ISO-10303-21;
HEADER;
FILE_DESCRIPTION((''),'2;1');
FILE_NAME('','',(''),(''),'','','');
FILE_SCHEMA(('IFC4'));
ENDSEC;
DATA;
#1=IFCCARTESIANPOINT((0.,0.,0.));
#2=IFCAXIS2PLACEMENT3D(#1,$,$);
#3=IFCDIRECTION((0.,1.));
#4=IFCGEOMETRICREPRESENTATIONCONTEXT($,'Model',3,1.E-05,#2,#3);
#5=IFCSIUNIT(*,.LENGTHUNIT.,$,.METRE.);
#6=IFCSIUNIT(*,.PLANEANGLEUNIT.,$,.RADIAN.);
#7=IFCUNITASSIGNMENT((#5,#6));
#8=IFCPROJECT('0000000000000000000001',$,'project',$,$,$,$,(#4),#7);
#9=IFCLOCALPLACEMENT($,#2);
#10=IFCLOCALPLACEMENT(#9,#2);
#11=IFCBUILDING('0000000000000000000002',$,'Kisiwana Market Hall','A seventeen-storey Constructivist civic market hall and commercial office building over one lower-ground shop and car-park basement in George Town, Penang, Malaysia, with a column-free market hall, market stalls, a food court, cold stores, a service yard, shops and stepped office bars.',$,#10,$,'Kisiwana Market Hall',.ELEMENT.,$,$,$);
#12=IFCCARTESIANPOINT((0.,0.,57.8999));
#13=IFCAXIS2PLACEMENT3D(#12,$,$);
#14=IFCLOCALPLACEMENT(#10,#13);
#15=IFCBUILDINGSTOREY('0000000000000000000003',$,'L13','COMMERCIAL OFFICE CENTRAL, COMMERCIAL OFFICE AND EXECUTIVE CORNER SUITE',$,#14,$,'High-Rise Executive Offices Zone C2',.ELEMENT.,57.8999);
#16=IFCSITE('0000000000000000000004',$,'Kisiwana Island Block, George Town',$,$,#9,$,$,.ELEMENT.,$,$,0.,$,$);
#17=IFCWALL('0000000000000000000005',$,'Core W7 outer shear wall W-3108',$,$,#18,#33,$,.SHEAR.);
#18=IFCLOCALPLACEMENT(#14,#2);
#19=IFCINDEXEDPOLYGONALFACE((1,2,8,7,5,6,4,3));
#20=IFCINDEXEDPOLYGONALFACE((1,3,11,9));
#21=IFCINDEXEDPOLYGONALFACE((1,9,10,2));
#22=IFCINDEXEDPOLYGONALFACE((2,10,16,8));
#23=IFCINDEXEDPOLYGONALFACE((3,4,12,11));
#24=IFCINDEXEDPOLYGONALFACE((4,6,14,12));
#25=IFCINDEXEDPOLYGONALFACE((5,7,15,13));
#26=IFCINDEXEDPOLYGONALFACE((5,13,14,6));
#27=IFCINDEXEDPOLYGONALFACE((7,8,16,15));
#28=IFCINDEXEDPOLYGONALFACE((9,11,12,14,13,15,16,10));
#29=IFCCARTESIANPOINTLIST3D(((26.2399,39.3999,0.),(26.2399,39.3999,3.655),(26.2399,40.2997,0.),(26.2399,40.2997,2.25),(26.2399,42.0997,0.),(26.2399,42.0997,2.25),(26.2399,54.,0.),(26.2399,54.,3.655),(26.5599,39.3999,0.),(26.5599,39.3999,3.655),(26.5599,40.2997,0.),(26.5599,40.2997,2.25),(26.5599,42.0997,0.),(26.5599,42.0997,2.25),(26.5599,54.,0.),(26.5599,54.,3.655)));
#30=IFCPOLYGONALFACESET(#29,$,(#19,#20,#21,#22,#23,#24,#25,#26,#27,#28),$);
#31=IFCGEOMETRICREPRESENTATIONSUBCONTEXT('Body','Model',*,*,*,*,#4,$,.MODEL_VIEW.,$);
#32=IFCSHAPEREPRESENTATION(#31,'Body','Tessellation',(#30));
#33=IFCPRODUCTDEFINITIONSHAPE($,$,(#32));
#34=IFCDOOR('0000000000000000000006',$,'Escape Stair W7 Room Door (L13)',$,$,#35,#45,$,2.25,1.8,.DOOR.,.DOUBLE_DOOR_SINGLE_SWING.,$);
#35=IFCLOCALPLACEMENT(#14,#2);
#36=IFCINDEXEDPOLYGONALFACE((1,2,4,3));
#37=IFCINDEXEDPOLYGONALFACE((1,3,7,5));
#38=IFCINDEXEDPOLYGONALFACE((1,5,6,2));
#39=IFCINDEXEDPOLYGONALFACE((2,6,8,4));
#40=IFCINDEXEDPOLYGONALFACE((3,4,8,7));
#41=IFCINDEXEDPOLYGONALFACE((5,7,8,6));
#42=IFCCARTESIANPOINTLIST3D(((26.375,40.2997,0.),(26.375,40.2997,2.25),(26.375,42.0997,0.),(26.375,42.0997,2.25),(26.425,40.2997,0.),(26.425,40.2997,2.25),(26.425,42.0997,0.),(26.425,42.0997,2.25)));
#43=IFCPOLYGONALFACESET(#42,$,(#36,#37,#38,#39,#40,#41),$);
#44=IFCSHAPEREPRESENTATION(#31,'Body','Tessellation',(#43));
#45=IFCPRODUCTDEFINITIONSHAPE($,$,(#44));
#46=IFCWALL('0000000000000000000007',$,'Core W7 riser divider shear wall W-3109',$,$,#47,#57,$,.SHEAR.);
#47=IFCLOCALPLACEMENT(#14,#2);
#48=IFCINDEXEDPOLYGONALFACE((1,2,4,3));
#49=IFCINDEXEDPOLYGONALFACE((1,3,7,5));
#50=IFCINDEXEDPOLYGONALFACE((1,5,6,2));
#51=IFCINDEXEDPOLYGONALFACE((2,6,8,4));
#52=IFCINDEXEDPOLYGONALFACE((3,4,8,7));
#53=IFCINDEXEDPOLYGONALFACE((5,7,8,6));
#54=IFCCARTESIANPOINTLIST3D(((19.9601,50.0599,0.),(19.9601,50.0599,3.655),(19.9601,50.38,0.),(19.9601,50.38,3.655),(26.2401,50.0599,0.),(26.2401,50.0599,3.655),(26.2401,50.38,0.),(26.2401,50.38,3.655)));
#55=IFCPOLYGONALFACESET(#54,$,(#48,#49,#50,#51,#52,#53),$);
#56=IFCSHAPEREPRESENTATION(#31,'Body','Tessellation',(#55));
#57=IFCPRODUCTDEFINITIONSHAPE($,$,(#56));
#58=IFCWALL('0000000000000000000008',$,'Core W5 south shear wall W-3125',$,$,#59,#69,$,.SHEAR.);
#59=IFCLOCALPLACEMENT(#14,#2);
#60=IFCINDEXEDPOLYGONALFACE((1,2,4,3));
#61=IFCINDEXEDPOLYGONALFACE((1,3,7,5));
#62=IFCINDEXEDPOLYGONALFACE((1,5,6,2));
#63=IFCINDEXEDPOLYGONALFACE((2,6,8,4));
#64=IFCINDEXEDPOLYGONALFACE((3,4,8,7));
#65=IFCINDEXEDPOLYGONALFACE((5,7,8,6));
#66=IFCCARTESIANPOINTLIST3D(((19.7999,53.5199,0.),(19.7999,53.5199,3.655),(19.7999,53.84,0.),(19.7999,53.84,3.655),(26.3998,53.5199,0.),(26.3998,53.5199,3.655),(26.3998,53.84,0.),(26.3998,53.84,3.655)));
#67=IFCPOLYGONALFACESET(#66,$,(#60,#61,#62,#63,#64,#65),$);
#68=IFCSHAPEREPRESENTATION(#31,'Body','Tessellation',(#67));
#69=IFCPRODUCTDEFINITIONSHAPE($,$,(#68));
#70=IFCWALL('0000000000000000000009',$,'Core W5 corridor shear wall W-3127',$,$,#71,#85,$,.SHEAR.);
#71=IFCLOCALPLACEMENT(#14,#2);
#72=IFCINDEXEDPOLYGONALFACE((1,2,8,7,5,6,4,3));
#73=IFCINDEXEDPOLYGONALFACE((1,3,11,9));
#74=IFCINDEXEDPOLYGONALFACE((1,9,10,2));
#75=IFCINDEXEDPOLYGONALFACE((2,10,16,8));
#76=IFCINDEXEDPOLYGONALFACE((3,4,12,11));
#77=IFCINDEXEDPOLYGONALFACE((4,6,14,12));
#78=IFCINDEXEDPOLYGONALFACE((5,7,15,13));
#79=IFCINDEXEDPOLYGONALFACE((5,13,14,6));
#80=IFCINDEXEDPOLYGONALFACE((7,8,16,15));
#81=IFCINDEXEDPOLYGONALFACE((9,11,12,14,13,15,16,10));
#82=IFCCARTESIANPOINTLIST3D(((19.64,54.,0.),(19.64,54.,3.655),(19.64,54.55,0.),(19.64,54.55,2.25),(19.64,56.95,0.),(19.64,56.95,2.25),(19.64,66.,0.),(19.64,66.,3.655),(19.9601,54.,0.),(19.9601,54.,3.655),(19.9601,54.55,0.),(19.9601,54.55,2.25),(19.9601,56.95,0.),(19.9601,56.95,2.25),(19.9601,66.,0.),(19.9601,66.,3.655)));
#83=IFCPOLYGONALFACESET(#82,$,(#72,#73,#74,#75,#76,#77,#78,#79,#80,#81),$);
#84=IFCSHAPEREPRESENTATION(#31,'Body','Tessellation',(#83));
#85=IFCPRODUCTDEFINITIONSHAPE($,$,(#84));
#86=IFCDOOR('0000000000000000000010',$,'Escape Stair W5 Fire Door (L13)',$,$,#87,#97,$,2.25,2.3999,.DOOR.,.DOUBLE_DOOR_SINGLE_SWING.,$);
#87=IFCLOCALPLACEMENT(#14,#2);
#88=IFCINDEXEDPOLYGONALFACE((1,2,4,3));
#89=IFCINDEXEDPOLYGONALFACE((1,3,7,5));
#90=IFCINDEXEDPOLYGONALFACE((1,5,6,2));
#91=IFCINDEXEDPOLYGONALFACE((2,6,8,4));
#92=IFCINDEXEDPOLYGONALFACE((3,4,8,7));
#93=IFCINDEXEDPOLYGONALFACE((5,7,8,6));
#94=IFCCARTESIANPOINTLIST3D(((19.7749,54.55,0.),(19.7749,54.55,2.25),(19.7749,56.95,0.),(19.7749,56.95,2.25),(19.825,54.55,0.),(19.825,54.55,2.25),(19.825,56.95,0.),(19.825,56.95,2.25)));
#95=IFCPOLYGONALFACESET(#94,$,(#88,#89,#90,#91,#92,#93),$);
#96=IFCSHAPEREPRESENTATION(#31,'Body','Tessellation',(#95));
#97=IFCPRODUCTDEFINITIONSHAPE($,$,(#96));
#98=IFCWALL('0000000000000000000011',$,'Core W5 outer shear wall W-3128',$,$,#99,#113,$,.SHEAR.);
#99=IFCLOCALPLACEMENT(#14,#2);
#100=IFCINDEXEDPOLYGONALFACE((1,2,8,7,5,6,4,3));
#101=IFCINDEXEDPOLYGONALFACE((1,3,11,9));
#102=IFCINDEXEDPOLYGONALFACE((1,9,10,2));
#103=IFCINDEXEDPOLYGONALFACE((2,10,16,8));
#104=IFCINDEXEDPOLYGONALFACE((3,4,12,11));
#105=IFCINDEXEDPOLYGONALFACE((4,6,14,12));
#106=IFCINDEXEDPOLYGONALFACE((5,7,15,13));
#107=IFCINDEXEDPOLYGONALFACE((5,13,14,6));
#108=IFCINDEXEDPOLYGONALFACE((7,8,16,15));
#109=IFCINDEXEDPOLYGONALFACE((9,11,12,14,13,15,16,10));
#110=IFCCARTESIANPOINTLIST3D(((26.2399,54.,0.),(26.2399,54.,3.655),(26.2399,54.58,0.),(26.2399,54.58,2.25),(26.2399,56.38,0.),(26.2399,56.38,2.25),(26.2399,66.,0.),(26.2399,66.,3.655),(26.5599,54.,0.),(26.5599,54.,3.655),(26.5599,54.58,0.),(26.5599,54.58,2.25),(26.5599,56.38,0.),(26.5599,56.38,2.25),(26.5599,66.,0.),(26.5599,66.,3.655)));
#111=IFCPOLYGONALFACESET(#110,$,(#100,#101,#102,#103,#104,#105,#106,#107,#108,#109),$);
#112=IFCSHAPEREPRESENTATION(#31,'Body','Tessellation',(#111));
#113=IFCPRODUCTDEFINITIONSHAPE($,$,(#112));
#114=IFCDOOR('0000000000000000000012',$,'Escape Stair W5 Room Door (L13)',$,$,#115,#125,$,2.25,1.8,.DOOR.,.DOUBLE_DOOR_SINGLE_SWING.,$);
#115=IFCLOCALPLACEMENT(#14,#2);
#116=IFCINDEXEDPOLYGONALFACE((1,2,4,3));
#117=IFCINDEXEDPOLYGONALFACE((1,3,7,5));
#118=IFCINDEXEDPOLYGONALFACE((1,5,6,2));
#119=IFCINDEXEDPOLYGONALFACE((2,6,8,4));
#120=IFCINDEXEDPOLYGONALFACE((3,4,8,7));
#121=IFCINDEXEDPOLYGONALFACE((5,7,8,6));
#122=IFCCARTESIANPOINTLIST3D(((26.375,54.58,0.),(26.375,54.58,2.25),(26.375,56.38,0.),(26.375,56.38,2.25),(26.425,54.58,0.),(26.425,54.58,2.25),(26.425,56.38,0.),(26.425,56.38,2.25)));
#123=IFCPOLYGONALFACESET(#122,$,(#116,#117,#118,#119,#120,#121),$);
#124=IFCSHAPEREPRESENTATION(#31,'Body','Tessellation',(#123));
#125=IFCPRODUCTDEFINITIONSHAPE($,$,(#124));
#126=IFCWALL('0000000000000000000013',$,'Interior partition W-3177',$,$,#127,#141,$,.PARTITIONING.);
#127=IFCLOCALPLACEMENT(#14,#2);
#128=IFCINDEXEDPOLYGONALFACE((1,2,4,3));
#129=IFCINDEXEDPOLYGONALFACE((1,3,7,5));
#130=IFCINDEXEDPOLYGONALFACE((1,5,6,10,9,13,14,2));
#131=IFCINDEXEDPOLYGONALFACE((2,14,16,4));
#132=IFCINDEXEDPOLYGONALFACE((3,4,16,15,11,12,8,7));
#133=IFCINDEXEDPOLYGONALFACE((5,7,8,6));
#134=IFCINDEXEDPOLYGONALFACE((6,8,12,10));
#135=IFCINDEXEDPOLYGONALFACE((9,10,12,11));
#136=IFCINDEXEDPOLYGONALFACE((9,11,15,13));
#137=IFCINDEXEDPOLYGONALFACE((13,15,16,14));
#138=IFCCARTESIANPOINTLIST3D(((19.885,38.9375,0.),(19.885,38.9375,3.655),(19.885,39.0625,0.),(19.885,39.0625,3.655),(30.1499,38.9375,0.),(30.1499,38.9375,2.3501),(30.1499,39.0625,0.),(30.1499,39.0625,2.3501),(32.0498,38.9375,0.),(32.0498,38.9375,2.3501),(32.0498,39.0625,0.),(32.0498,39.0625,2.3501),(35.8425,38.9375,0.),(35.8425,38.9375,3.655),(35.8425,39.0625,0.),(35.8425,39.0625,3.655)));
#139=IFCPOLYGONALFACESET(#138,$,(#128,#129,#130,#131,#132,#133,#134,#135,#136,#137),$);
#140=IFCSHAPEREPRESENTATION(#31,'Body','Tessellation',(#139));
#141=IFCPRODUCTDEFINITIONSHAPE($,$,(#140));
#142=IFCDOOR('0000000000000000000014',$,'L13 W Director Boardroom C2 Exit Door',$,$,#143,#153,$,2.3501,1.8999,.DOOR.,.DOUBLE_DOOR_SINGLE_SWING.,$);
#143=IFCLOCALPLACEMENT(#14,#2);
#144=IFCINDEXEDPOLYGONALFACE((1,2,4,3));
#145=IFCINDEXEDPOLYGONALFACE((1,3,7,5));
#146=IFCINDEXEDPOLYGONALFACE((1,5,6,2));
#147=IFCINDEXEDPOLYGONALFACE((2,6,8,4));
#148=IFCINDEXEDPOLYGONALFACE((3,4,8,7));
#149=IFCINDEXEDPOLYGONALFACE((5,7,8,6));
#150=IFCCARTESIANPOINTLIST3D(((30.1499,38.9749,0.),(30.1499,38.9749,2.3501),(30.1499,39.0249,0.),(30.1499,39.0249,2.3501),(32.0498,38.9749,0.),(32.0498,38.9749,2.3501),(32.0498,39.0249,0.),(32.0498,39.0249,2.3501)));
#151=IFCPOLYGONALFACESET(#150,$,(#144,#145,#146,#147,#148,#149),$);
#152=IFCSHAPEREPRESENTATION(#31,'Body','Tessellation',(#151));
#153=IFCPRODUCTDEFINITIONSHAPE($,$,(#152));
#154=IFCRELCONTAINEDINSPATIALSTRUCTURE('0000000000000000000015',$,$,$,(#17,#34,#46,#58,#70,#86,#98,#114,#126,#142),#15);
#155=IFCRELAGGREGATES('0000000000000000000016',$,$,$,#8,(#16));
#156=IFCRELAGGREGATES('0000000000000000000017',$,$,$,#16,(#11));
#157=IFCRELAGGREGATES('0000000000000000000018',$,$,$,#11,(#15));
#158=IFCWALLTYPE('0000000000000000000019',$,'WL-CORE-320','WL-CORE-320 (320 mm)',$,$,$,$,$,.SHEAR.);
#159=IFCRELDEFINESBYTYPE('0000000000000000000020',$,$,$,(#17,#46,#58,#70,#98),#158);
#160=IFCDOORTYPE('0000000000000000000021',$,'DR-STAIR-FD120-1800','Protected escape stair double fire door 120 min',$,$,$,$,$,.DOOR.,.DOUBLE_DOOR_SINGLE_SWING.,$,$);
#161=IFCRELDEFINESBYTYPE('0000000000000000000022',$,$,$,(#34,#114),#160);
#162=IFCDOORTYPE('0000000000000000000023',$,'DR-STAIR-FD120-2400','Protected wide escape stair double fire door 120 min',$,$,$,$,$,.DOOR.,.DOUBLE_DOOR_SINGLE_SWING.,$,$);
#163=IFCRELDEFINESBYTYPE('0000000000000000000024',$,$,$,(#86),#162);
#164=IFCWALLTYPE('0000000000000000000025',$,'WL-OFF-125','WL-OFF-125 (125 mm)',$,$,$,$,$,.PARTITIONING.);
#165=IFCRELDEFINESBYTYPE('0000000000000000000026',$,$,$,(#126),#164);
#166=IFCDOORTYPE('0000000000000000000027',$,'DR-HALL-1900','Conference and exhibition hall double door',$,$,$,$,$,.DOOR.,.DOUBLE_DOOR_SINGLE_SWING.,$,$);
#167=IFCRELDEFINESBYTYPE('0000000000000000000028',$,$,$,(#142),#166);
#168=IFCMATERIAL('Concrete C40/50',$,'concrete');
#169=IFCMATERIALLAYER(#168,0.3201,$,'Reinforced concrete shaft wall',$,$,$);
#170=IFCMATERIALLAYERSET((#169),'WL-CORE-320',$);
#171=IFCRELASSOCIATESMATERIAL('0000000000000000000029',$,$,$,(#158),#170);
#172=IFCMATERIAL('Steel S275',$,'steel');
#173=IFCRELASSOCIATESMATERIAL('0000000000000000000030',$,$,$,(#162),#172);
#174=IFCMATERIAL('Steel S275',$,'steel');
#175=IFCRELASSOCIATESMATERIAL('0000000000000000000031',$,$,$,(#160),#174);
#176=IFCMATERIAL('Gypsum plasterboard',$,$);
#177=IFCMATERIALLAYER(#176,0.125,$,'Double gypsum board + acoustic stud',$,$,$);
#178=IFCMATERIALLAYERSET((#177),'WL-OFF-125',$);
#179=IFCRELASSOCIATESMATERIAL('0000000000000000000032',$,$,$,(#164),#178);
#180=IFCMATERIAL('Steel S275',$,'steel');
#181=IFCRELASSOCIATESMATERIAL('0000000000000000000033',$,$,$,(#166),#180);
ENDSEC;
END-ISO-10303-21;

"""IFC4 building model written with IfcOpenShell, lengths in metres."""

from ifc_helpers import new_model, si_unit, direction, frame, frame_2d, origin, place, context, subcontext, project, spatial, rectangle, extrude, material, layer, layer_set, type_object, element, fill, save


model = new_model("IFC4")

# Units and contexts
model_context = context("Model", 3, precision=1e-05, world=origin(), true_north=direction((0.0, 1.0)))
body_context = subcontext(model_context, "Body", "Model", "MODEL_VIEW")
ifc_project = project(units=[si_unit("LENGTHUNIT", "METRE"), si_unit("PLANEANGLEUNIT", "RADIAN")], contexts=[model_context])

# Site, building, storey
site_placement = place(None, origin())
site = spatial("IfcSite", under=ifc_project, at=site_placement, Name="Kisiwana Island Block, George Town", CompositionType="ELEMENT", RefElevation=0.0)
building_placement = place(site_placement, origin())
building = spatial("IfcBuilding", under=site, at=building_placement, Name="Kisiwana Market Hall", Description="A seventeen-storey Constructivist civic market hall and commercial office building over one lower-ground shop and car-park basement in George Town, Penang, Malaysia, with a column-free market hall, market stalls, a food court, cold stores, a service yard, shops and stepped office bars.", LongName="Kisiwana Market Hall", CompositionType="ELEMENT")
storey_placement = place(building_placement, frame((0.0, 0.0, 57.8999)))
storey = spatial("IfcBuildingStorey", under=building, at=storey_placement, Name="L13", Description="COMMERCIAL OFFICE CENTRAL, COMMERCIAL OFFICE AND EXECUTIVE CORNER SUITE", LongName="High-Rise Executive Offices Zone C2", CompositionType="ELEMENT", Elevation=57.8999)

# Shared definitions
ifc_material_1 = material(Name="Concrete C40/50", Category="concrete")
ifc_layer_1 = layer(ifc_material_1, 0.3201, Name="Reinforced concrete shaft wall")
ifc_layer_set_1 = layer_set([ifc_layer_1], Name="WL-CORE-320")
wall_type_1 = type_object("IfcWallType", Name="WL-CORE-320", Description="WL-CORE-320 (320 mm)", PredefinedType="SHEAR", material=ifc_layer_set_1)
ifc_material_2 = material(Name="Steel S275", Category="steel")
door_type_1 = type_object("IfcDoorType", Name="DR-STAIR-FD120-2400", Description="Protected wide escape stair double fire door 120 min", OperationType="DOUBLE_DOOR_SINGLE_SWING", PredefinedType="DOOR", material=ifc_material_2)

# Wall, opening, door
wall_1_placement = place(storey_placement, frame((26.3999, 39.3999, 0.0), z_axis=(0.0, 0.0, 1.0), x_axis=(0.0, 1.0, 0.0)))
wall_1 = element("IfcWall", 1, at=wall_1_placement, inside=storey, type_object=wall_type_1, Name="Core W7 outer shear wall W-3108", PredefinedType="SHEAR", context=body_context, shape_type="SweptSolid", body=[
    extrude(rectangle(XDim=14.6001, YDim=0.3201, at=frame_2d((7.3, 0.0))), origin(), (0.0, 0.0, 1.0), 3.655),
])
opening_1_placement = place(wall_1_placement, frame((0.8999, 0.0, 0.0)))
opening_1 = element("IfcOpeningElement", 2, at=opening_1_placement, cuts=wall_1, PredefinedType="OPENING", context=body_context, shape_type="SweptSolid", body=[
    extrude(rectangle(XDim=1.8, YDim=2.25, at=frame_2d((0.8999, 1.125))), frame((0.0, 0.1719, 0.0), z_axis=(0.0, -1.0, 0.0), x_axis=(1.0, 0.0, 0.0)), (0.0, 0.0, 1.0), 0.344),
])
ifc_material_3 = material(Name="Steel S275", Category="steel")
door_type_2 = type_object("IfcDoorType", Name="DR-STAIR-FD120-1800", Description="Protected escape stair double fire door 120 min", OperationType="DOUBLE_DOOR_SINGLE_SWING", PredefinedType="DOOR", material=ifc_material_3)
door_1_placement = place(opening_1_placement, origin())
door_1 = element("IfcDoor", 3, at=door_1_placement, inside=storey, type_object=door_type_2, Name="Escape Stair W7 Room Door (L13)", OperationType="DOUBLE_DOOR_SINGLE_SWING", OverallHeight=2.25, OverallWidth=1.8, PredefinedType="DOOR", context=body_context, shape_type="SweptSolid", body=[
    extrude(rectangle(XDim=1.8, YDim=2.25, at=frame_2d((0.8999, 1.125))), frame((0.0, 0.0249, 0.0), z_axis=(0.0, -1.0, 0.0), x_axis=(1.0, 0.0, 0.0)), (0.0, 0.0, 1.0), 0.05),
])
fill(opening_1, door_1)

# Walls
wall_2_placement = place(storey_placement, frame((19.96, 50.22, 0.0), z_axis=(0.0, 0.0, 1.0), x_axis=(1.0, 0.0, 0.0)))
element("IfcWall", 4, at=wall_2_placement, inside=storey, type_object=wall_type_1, Name="Core W7 riser divider shear wall W-3109", PredefinedType="SHEAR", context=body_context, shape_type="SweptSolid", body=[
    extrude(rectangle(XDim=6.28, YDim=0.3201, at=frame_2d((3.1401, 0.0))), origin(), (0.0, 0.0, 1.0), 3.655),
])
wall_3_placement = place(storey_placement, frame((19.8, 53.6799, 0.0), z_axis=(0.0, 0.0, 1.0), x_axis=(1.0, 0.0, 0.0)))
element("IfcWall", 5, at=wall_3_placement, inside=storey, type_object=wall_type_1, Name="Core W5 south shear wall W-3125", PredefinedType="SHEAR", context=body_context, shape_type="SweptSolid", body=[
    extrude(rectangle(XDim=6.5999, YDim=0.3201, at=frame_2d((3.2998, 0.0))), origin(), (0.0, 0.0, 1.0), 3.655),
])

# Walls, openings, doors
wall_4_placement = place(storey_placement, frame((19.8, 54.0, 0.0), z_axis=(0.0, 0.0, 1.0), x_axis=(0.0, 1.0, 0.0)))
wall_4 = element("IfcWall", 6, at=wall_4_placement, inside=storey, type_object=wall_type_1, Name="Core W5 corridor shear wall W-3127", PredefinedType="SHEAR", context=body_context, shape_type="SweptSolid", body=[
    extrude(rectangle(XDim=12.0, YDim=0.3201, at=frame_2d((6.0, 0.0))), origin(), (0.0, 0.0, 1.0), 3.655),
])
opening_2_placement = place(wall_4_placement, frame((0.55, 0.0, 0.0)))
opening_2 = element("IfcOpeningElement", 7, at=opening_2_placement, cuts=wall_4, PredefinedType="OPENING", context=body_context, shape_type="SweptSolid", body=[
    extrude(rectangle(XDim=2.3999, YDim=2.25, at=frame_2d((1.2, 1.125))), frame((0.0, 0.1719, 0.0), z_axis=(0.0, -1.0, 0.0), x_axis=(1.0, 0.0, 0.0)), (0.0, 0.0, 1.0), 0.344),
])
door_2_placement = place(opening_2_placement, frame((2.3999, 0.0, 0.0), z_axis=(0.0, 0.0, 1.0), x_axis=(-1.0, 0.0, 0.0)))
door_2 = element("IfcDoor", 8, at=door_2_placement, inside=storey, type_object=door_type_1, Name="Escape Stair W5 Fire Door (L13)", OperationType="DOUBLE_DOOR_SINGLE_SWING", OverallHeight=2.25, OverallWidth=2.3999, PredefinedType="DOOR", context=body_context, shape_type="SweptSolid", body=[
    extrude(rectangle(XDim=2.3999, YDim=2.25, at=frame_2d((1.2, 1.125))), frame((0.0, 0.0249, 0.0), z_axis=(0.0, -1.0, 0.0), x_axis=(1.0, 0.0, 0.0)), (0.0, 0.0, 1.0), 0.05),
])
fill(opening_2, door_2)
wall_5_placement = place(storey_placement, frame((26.3999, 54.0, 0.0), z_axis=(0.0, 0.0, 1.0), x_axis=(0.0, 1.0, 0.0)))
wall_5 = element("IfcWall", 9, at=wall_5_placement, inside=storey, type_object=wall_type_1, Name="Core W5 outer shear wall W-3128", PredefinedType="SHEAR", context=body_context, shape_type="SweptSolid", body=[
    extrude(rectangle(XDim=12.0, YDim=0.3201, at=frame_2d((6.0, 0.0))), origin(), (0.0, 0.0, 1.0), 3.655),
])
opening_3_placement = place(wall_5_placement, frame((0.5801, 0.0, 0.0)))
opening_3 = element("IfcOpeningElement", 10, at=opening_3_placement, cuts=wall_5, PredefinedType="OPENING", context=body_context, shape_type="SweptSolid", body=[
    extrude(rectangle(XDim=1.8, YDim=2.25, at=frame_2d((0.8999, 1.125))), frame((0.0, 0.1719, 0.0), z_axis=(0.0, -1.0, 0.0), x_axis=(1.0, 0.0, 0.0)), (0.0, 0.0, 1.0), 0.344),
])
door_3_placement = place(opening_3_placement, origin())
door_3 = element("IfcDoor", 11, at=door_3_placement, inside=storey, type_object=door_type_2, Name="Escape Stair W5 Room Door (L13)", OperationType="DOUBLE_DOOR_SINGLE_SWING", OverallHeight=2.25, OverallWidth=1.8, PredefinedType="DOOR", context=body_context, shape_type="SweptSolid", body=[
    extrude(rectangle(XDim=1.8, YDim=2.25, at=frame_2d((0.8999, 1.125))), frame((0.0, 0.0249, 0.0), z_axis=(0.0, -1.0, 0.0), x_axis=(1.0, 0.0, 0.0)), (0.0, 0.0, 1.0), 0.05),
])
fill(opening_3, door_3)
ifc_material_4 = material(Name="Gypsum plasterboard")
ifc_layer_2 = layer(ifc_material_4, 0.125, Name="Double gypsum board + acoustic stud")
ifc_layer_set_2 = layer_set([ifc_layer_2], Name="WL-OFF-125")
wall_type_2 = type_object("IfcWallType", Name="WL-OFF-125", Description="WL-OFF-125 (125 mm)", PredefinedType="PARTITIONING", material=ifc_layer_set_2)
wall_6_placement = place(storey_placement, frame((19.885, 39.0, 0.0), z_axis=(0.0, 0.0, 1.0), x_axis=(1.0, 0.0, 0.0)))
wall_6 = element("IfcWall", 12, at=wall_6_placement, inside=storey, type_object=wall_type_2, Name="Interior partition W-3177", PredefinedType="PARTITIONING", context=body_context, shape_type="SweptSolid", body=[
    extrude(rectangle(XDim=15.9575, YDim=0.125, at=frame_2d((7.9788, 0.0))), origin(), (0.0, 0.0, 1.0), 3.655),
])
opening_4_placement = place(wall_6_placement, frame((10.2649, 0.0, 0.0)))
opening_4 = element("IfcOpeningElement", 13, at=opening_4_placement, cuts=wall_6, PredefinedType="OPENING", context=body_context, shape_type="SweptSolid", body=[
    extrude(rectangle(XDim=1.8999, YDim=2.3501, at=frame_2d((0.95, 1.175))), frame((0.0, 0.0745, 0.0), z_axis=(0.0, -1.0, 0.0), x_axis=(1.0, 0.0, 0.0)), (0.0, 0.0, 1.0), 0.1489),
])
ifc_material_5 = material(Name="Steel S275", Category="steel")
door_type_3 = type_object("IfcDoorType", Name="DR-HALL-1900", Description="Conference and exhibition hall double door", OperationType="DOUBLE_DOOR_SINGLE_SWING", PredefinedType="DOOR", material=ifc_material_5)
door_4_placement = place(opening_4_placement, origin())
door_4 = element("IfcDoor", 14, at=door_4_placement, inside=storey, type_object=door_type_3, Name="L13 W Director Boardroom C2 Exit Door", OperationType="DOUBLE_DOOR_SINGLE_SWING", OverallHeight=2.3501, OverallWidth=1.8999, PredefinedType="DOOR", context=body_context, shape_type="SweptSolid", body=[
    extrude(rectangle(XDim=1.8999, YDim=2.3501, at=frame_2d((0.95, 1.175))), frame((0.0, 0.0249, 0.0), z_axis=(0.0, -1.0, 0.0), x_axis=(1.0, 0.0, 0.0)), (0.0, 0.0, 1.0), 0.05),
])
fill(opening_4, door_4)

save(model, "model.ifc")
